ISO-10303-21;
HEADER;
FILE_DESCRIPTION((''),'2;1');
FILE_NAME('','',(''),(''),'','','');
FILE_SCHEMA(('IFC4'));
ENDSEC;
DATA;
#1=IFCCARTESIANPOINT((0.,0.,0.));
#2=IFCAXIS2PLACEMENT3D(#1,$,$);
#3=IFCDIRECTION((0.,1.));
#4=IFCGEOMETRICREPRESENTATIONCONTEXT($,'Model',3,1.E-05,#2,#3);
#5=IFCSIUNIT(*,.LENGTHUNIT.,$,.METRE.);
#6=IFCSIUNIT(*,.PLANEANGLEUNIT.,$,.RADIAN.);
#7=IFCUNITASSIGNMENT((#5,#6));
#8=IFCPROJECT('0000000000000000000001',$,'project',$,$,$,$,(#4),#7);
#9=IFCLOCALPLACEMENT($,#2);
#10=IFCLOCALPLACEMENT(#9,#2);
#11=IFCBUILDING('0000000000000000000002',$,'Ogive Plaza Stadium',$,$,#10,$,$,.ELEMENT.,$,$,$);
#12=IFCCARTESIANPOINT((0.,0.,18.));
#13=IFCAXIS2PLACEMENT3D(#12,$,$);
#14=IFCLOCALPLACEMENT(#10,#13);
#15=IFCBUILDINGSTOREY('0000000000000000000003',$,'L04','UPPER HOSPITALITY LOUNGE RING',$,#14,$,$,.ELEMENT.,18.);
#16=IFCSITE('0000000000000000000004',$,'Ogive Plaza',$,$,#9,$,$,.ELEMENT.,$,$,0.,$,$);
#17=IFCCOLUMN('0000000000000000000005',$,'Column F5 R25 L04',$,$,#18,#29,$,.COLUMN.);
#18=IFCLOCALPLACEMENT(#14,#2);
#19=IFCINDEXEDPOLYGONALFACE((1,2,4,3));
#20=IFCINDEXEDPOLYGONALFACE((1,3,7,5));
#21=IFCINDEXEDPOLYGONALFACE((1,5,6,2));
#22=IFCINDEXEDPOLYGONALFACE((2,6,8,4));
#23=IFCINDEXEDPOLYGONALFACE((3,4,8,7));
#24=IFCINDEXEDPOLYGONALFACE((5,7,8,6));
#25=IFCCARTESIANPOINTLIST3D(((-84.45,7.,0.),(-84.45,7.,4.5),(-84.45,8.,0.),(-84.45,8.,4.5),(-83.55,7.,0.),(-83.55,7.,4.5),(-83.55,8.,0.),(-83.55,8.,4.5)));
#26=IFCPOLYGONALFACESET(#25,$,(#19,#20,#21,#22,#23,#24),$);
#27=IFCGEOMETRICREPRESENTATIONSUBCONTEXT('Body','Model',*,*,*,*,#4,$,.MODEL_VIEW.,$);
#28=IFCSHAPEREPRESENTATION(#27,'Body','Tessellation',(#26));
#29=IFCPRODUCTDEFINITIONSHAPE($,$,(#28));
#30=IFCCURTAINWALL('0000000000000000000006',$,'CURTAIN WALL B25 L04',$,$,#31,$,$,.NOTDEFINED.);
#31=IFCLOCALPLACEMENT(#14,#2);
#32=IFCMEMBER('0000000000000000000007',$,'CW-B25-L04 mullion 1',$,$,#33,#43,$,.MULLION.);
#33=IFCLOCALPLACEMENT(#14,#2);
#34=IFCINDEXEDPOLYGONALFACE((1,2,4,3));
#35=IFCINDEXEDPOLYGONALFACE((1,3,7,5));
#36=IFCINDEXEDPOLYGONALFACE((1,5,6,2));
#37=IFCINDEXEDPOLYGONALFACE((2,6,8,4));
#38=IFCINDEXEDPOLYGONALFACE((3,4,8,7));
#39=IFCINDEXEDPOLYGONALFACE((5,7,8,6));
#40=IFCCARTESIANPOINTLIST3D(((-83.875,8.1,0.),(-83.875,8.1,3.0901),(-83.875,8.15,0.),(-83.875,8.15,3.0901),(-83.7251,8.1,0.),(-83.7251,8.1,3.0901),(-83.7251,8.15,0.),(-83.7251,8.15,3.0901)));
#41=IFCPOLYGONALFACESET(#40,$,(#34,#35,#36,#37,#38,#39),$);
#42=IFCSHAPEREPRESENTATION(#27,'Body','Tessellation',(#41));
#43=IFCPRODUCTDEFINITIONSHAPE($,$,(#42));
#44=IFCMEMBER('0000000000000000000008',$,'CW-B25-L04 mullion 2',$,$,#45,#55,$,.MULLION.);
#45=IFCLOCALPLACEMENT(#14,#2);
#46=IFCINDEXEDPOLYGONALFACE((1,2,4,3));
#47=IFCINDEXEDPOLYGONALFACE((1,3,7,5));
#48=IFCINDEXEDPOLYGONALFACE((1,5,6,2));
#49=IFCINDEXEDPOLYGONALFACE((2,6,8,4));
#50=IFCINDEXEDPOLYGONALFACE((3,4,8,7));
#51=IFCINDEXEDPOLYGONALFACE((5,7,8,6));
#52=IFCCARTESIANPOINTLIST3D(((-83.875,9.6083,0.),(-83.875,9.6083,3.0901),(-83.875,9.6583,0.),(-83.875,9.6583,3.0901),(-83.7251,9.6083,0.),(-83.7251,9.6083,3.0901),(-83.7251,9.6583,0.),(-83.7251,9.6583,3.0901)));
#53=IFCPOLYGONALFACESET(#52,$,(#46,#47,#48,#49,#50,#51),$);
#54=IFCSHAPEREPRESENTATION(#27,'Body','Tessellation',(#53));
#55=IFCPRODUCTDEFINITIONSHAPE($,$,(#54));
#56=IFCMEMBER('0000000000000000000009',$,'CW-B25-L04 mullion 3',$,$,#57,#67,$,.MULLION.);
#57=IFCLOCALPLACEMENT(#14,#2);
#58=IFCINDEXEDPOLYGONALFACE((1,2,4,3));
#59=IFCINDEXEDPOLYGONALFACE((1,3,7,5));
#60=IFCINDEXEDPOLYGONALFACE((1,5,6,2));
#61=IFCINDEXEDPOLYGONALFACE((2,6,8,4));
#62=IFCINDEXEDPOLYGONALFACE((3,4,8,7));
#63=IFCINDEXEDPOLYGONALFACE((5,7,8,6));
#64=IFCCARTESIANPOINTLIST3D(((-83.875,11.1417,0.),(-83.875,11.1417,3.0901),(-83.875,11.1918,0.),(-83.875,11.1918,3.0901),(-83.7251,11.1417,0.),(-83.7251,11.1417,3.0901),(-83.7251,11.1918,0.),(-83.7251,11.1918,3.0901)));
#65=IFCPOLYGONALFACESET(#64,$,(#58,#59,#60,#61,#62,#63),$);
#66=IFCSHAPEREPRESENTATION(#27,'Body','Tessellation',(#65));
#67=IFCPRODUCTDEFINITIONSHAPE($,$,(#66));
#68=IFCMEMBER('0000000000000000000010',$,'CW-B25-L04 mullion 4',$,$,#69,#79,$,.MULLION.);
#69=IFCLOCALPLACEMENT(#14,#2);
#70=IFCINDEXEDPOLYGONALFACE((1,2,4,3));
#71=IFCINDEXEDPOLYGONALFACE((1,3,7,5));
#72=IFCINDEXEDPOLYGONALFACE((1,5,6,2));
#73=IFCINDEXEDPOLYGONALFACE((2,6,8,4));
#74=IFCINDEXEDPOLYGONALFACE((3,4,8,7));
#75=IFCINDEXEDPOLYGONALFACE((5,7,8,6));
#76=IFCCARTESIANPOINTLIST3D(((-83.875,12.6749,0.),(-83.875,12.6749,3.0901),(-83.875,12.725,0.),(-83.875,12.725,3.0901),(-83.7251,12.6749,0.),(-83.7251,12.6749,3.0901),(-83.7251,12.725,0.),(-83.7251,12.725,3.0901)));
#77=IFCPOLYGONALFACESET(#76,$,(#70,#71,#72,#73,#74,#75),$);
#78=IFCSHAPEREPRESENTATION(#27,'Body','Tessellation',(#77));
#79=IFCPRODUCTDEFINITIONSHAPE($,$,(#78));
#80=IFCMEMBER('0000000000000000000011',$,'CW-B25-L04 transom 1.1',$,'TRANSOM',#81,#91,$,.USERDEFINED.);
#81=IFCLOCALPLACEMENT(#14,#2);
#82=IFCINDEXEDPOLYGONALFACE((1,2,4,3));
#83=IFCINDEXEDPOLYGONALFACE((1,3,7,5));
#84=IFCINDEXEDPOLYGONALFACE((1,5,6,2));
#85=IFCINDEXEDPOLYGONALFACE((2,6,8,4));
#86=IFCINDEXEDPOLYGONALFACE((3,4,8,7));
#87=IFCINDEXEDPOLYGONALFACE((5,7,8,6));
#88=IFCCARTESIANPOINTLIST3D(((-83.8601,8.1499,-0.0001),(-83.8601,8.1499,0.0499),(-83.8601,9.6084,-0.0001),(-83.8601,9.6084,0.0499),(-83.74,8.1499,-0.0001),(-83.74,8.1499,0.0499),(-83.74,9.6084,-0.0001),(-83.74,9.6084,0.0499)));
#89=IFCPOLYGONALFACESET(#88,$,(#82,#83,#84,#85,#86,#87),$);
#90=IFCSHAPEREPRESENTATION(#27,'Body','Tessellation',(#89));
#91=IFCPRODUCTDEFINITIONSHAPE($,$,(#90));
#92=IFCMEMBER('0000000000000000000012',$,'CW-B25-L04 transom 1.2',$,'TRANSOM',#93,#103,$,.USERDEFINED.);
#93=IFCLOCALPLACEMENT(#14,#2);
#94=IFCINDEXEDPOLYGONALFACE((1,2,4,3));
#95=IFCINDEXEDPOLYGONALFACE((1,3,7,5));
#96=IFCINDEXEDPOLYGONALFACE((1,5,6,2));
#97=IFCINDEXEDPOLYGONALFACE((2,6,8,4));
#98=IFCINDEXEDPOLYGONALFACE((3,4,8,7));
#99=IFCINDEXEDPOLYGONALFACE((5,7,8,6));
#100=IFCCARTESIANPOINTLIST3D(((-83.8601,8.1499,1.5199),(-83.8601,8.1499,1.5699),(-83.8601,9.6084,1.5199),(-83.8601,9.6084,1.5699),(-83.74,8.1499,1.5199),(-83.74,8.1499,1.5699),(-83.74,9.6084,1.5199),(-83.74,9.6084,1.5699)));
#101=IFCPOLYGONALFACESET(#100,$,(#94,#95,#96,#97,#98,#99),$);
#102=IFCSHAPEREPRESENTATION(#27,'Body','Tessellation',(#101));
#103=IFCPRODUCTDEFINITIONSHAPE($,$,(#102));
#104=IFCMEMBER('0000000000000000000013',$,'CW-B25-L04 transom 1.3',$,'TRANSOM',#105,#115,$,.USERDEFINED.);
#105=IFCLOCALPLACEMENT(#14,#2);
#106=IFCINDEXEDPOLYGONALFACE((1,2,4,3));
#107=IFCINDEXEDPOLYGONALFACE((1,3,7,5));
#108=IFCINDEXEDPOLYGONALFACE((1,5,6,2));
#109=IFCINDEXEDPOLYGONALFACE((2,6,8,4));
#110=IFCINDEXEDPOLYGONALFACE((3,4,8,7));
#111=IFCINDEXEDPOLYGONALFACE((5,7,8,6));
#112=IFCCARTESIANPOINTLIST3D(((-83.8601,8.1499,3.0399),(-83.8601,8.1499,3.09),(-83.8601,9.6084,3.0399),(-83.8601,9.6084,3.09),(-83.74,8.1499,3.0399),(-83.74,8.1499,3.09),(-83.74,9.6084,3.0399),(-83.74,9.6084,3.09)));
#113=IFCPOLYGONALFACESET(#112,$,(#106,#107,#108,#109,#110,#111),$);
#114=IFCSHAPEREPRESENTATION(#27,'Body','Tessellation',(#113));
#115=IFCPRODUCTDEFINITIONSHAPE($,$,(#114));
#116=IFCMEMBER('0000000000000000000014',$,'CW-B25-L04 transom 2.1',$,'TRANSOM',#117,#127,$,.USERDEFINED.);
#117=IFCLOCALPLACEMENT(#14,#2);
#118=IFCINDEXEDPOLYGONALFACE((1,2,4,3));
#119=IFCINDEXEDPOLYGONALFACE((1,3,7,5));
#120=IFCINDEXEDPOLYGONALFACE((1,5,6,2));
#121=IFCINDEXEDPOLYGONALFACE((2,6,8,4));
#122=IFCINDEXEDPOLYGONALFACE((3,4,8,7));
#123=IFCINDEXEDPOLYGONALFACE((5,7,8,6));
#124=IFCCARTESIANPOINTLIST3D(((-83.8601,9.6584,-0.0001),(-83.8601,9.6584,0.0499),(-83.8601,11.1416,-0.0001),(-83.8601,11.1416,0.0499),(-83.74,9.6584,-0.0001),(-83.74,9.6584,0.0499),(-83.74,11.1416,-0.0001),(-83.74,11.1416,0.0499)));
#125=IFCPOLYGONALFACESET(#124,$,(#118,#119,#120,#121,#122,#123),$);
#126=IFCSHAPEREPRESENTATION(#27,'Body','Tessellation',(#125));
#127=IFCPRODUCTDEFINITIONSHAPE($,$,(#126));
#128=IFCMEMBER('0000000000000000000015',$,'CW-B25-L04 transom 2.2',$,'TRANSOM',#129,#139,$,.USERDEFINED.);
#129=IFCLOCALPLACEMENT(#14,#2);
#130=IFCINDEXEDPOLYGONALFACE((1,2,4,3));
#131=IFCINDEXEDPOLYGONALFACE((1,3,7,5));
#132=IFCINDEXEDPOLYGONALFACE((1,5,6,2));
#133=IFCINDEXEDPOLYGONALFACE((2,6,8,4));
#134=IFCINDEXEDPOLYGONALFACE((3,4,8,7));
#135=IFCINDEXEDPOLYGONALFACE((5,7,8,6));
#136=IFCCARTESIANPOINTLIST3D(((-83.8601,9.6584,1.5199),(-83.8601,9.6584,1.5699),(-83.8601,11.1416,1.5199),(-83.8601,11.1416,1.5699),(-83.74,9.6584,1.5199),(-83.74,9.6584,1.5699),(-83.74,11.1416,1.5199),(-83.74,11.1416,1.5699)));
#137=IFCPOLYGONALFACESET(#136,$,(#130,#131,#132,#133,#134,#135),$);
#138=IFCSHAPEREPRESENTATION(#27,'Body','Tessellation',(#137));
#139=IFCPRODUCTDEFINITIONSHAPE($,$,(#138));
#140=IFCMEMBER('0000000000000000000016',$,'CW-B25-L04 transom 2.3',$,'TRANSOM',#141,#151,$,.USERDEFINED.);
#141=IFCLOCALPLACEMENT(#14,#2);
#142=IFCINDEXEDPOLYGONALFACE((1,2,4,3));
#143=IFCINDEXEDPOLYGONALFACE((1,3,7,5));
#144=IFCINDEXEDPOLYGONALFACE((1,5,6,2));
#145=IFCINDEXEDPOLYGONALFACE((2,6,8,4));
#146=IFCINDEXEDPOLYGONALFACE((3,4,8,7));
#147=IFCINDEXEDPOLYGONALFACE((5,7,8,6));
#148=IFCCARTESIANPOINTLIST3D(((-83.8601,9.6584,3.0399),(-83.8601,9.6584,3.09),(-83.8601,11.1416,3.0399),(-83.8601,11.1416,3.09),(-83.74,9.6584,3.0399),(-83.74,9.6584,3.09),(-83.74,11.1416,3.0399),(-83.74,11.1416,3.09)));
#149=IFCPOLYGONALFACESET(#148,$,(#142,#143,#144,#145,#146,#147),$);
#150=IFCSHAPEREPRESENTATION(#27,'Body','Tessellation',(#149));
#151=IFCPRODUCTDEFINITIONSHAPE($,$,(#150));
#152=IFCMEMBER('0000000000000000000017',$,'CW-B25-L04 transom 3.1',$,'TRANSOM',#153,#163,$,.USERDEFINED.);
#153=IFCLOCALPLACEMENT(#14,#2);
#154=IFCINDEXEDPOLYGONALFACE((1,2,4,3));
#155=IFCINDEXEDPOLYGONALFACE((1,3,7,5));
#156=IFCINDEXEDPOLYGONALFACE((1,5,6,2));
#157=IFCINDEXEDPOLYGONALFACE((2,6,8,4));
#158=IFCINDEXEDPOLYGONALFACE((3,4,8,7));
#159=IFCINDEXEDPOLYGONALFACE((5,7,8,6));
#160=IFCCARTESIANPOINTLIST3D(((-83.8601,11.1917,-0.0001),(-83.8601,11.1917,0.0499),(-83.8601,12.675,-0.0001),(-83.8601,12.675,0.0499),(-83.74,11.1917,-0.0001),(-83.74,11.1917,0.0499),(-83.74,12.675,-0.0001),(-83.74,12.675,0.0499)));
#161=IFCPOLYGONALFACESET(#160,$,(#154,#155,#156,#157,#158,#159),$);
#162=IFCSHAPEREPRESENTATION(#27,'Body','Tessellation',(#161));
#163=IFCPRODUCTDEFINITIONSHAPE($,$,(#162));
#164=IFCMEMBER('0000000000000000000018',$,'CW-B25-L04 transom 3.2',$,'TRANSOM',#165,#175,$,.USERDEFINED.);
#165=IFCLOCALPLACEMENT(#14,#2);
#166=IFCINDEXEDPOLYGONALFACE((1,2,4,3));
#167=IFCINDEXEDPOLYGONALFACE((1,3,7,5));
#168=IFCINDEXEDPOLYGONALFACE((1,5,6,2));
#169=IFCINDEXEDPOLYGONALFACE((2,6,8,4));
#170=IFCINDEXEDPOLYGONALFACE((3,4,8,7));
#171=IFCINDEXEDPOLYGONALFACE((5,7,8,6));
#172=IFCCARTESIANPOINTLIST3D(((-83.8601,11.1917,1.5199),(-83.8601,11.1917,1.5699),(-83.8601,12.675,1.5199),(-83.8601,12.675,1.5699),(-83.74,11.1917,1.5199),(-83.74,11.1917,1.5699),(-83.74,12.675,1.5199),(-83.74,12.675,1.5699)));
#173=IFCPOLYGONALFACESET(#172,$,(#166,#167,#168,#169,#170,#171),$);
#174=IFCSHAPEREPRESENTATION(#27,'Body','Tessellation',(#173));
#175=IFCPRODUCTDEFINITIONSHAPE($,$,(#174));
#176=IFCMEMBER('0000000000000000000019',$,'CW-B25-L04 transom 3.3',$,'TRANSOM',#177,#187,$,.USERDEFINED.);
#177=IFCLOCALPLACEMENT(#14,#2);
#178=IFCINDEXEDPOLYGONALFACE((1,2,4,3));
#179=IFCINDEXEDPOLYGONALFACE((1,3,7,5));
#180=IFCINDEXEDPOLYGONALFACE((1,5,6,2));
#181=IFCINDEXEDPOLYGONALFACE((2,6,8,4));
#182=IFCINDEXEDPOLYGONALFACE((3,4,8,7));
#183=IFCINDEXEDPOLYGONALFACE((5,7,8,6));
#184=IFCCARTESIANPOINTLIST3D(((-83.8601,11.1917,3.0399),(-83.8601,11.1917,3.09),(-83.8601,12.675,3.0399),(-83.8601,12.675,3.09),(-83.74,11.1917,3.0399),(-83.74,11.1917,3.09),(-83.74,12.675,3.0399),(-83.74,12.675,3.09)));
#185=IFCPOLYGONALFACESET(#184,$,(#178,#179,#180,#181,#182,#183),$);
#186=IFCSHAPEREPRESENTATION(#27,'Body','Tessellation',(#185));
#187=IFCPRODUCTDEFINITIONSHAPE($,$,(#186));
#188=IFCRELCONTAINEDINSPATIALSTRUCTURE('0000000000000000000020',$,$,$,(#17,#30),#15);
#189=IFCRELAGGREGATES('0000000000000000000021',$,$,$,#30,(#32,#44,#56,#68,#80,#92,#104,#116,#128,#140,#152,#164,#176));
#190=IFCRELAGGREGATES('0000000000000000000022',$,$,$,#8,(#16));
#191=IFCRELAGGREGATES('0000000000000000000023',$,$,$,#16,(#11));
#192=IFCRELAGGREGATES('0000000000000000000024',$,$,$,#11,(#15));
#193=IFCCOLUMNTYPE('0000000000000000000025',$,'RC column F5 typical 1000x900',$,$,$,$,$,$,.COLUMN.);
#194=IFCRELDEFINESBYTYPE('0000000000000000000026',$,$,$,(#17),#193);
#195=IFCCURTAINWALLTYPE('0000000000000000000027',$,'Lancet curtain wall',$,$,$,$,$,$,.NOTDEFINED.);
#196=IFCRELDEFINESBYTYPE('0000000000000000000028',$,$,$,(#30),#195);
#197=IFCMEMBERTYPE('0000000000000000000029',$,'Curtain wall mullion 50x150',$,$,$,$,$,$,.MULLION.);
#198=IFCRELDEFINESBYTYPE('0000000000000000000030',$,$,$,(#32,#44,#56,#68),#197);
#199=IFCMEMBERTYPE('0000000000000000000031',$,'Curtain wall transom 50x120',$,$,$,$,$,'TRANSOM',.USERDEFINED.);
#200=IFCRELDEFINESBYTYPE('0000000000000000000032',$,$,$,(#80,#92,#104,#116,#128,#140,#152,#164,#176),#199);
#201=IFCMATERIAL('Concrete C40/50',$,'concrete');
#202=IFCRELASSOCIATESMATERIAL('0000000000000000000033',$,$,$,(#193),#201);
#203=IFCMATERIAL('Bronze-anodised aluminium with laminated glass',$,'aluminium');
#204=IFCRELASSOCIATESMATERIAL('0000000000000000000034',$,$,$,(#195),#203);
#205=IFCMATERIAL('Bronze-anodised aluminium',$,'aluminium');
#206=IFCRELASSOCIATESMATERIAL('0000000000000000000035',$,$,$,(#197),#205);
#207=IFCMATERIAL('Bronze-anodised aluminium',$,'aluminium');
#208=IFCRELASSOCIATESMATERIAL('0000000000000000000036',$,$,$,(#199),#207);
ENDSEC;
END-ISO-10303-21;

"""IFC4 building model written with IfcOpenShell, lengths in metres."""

from ifc_helpers import new_model, si_unit, direction, frame, origin, origin_2d, place, context, subcontext, project, spatial, rectangle, extrude, material, material_profile, profile_set, type_object, element, aggregate, save


model = new_model("IFC4")

# Units and contexts
model_context = context("Model", 3, precision=1e-05, world=origin(), true_north=direction((0.0, 1.0)))
body_context = subcontext(model_context, "Body", "Model", "MODEL_VIEW")
ifc_project = project(units=[si_unit("LENGTHUNIT", "METRE"), si_unit("PLANEANGLEUNIT", "RADIAN")], contexts=[model_context])

# Site, building, storey
site_placement = place(None, origin())
site = spatial("IfcSite", under=ifc_project, at=site_placement, Name="Ogive Plaza", CompositionType="ELEMENT", RefElevation=0.0)
building_placement = place(site_placement, origin())
building = spatial("IfcBuilding", under=site, at=building_placement, Name="Ogive Plaza Stadium", CompositionType="ELEMENT")
storey_placement = place(building_placement, frame((0.0, 0.0, 18.0)))
storey = spatial("IfcBuildingStorey", under=building, at=storey_placement, Name="L04", Description="UPPER HOSPITALITY LOUNGE RING", CompositionType="ELEMENT", Elevation=18.0)

# Column
ifc_material_1 = material(Name="Concrete C40/50", Category="concrete")
ifc_material_profile_1 = material_profile(ifc_material_1, rectangle(XDim=1.0, YDim=0.8999, at=origin_2d()), Name="RC 1000x900")
ifc_profile_set_1 = profile_set([ifc_material_profile_1], Name="Concrete C40/50")
column_type = type_object("IfcColumnType", Name="RC column F5 typical 1000x900", PredefinedType="COLUMN", material=ifc_profile_set_1)
column_placement = place(storey_placement, frame((-84.0, 7.5, 0.0), z_axis=(0.0, 0.0, 1.0), x_axis=(0.0, -1.0, 0.0)))
element("IfcColumn", 1, at=column_placement, inside=storey, type_object=column_type, Name="Column F5 R25 L04", PredefinedType="COLUMN", context=body_context, shape_type="SweptSolid", body=[
    extrude(rectangle(XDim=1.0, YDim=0.8999, at=origin_2d()), origin(), (0.0, 0.0, 1.0), 4.5),
])

# Curtain wall, members
ifc_material_2 = material(Name="Bronze-anodised aluminium with laminated glass", Category="aluminium")
curtain_wall_type = type_object("IfcCurtainWallType", Name="Lancet curtain wall", PredefinedType="NOTDEFINED", material=ifc_material_2)
curtain_wall_placement = place(storey_placement, origin())
curtain_wall = element("IfcCurtainWall", 2, at=curtain_wall_placement, inside=storey, type_object=curtain_wall_type, Name="CURTAIN WALL B25 L04", PredefinedType="NOTDEFINED")
ifc_material_3 = material(Name="Bronze-anodised aluminium", Category="aluminium")
ifc_material_profile_2 = material_profile(ifc_material_3, rectangle(XDim=0.1499, YDim=0.05, at=origin_2d()), Name="AL 150x50")
ifc_profile_set_2 = profile_set([ifc_material_profile_2], Name="Bronze-anodised aluminium")
member_type_1 = type_object("IfcMemberType", Name="Curtain wall mullion 50x150", PredefinedType="MULLION", material=ifc_profile_set_2)
member_1_placement = place(storey_placement, frame((-83.8, 8.125, 0.0), z_axis=(0.0, 0.0, 1.0), x_axis=(-1.0, 0.0, 0.0)))
member_1 = element("IfcMember", 3, at=member_1_placement, type_object=member_type_1, Name="CW-B25-L04 mullion 1", PredefinedType="MULLION", context=body_context, shape_type="SweptSolid", body=[
    extrude(rectangle(XDim=0.1499, YDim=0.05, at=origin_2d()), origin(), (0.0, 0.0, 1.0), 3.0901),
])
member_2_placement = place(storey_placement, frame((-83.8, 9.6333, 0.0), z_axis=(0.0, 0.0, 1.0), x_axis=(-1.0, 0.0, 0.0)))
member_2 = element("IfcMember", 4, at=member_2_placement, type_object=member_type_1, Name="CW-B25-L04 mullion 2", PredefinedType="MULLION", context=body_context, shape_type="SweptSolid", body=[
    extrude(rectangle(XDim=0.1499, YDim=0.05, at=origin_2d()), origin(), (0.0, 0.0, 1.0), 3.0901),
])
member_3_placement = place(storey_placement, frame((-83.8, 11.1667, 0.0), z_axis=(0.0, 0.0, 1.0), x_axis=(-1.0, 0.0, 0.0)))
member_3 = element("IfcMember", 5, at=member_3_placement, type_object=member_type_1, Name="CW-B25-L04 mullion 3", PredefinedType="MULLION", context=body_context, shape_type="SweptSolid", body=[
    extrude(rectangle(XDim=0.1499, YDim=0.05, at=origin_2d()), origin(), (0.0, 0.0, 1.0), 3.0901),
])
member_4_placement = place(storey_placement, frame((-83.8, 12.7, 0.0), z_axis=(0.0, 0.0, 1.0), x_axis=(-1.0, 0.0, 0.0)))
member_4 = element("IfcMember", 6, at=member_4_placement, type_object=member_type_1, Name="CW-B25-L04 mullion 4", PredefinedType="MULLION", context=body_context, shape_type="SweptSolid", body=[
    extrude(rectangle(XDim=0.1499, YDim=0.05, at=origin_2d()), origin(), (0.0, 0.0, 1.0), 3.0901),
])
ifc_material_4 = material(Name="Bronze-anodised aluminium", Category="aluminium")
ifc_material_profile_3 = material_profile(ifc_material_4, rectangle(XDim=0.1201, YDim=0.05, at=origin_2d()), Name="AL 120x50")
ifc_profile_set_3 = profile_set([ifc_material_profile_3], Name="Bronze-anodised aluminium")
member_type_2 = type_object("IfcMemberType", Name="Curtain wall transom 50x120", ElementType="TRANSOM", PredefinedType="USERDEFINED", material=ifc_profile_set_3)
member_5_placement = place(storey_placement, frame((-83.8, 8.1499, 0.0249), z_axis=(0.0, 1.0, 0.0), x_axis=(-1.0, 0.0, 0.0)))
member_5 = element("IfcMember", 7, at=member_5_placement, type_object=member_type_2, Name="CW-B25-L04 transom 1.1", ObjectType="TRANSOM", PredefinedType="USERDEFINED", context=body_context, shape_type="SweptSolid", body=[
    extrude(rectangle(XDim=0.1201, YDim=0.05, at=origin_2d()), origin(), (0.0, 0.0, 1.0), 1.4585),
])
member_6_placement = place(storey_placement, frame((-83.8, 8.1499, 1.5449), z_axis=(0.0, 1.0, 0.0), x_axis=(-1.0, 0.0, 0.0)))
member_6 = element("IfcMember", 8, at=member_6_placement, type_object=member_type_2, Name="CW-B25-L04 transom 1.2", ObjectType="TRANSOM", PredefinedType="USERDEFINED", context=body_context, shape_type="SweptSolid", body=[
    extrude(rectangle(XDim=0.1201, YDim=0.05, at=origin_2d()), origin(), (0.0, 0.0, 1.0), 1.4585),
])
member_7_placement = place(storey_placement, frame((-83.8, 8.1499, 3.0649), z_axis=(0.0, 1.0, 0.0), x_axis=(-1.0, 0.0, 0.0)))
member_7 = element("IfcMember", 9, at=member_7_placement, type_object=member_type_2, Name="CW-B25-L04 transom 1.3", ObjectType="TRANSOM", PredefinedType="USERDEFINED", context=body_context, shape_type="SweptSolid", body=[
    extrude(rectangle(XDim=0.1201, YDim=0.05, at=origin_2d()), origin(), (0.0, 0.0, 1.0), 1.4585),
])
member_8_placement = place(storey_placement, frame((-83.8, 9.6584, 0.0249), z_axis=(0.0, 1.0, 0.0), x_axis=(-1.0, 0.0, 0.0)))
member_8 = element("IfcMember", 10, at=member_8_placement, type_object=member_type_2, Name="CW-B25-L04 transom 2.1", ObjectType="TRANSOM", PredefinedType="USERDEFINED", context=body_context, shape_type="SweptSolid", body=[
    extrude(rectangle(XDim=0.1201, YDim=0.05, at=origin_2d()), origin(), (0.0, 0.0, 1.0), 1.4832),
])
member_9_placement = place(storey_placement, frame((-83.8, 9.6584, 1.5449), z_axis=(0.0, 1.0, 0.0), x_axis=(-1.0, 0.0, 0.0)))
member_9 = element("IfcMember", 11, at=member_9_placement, type_object=member_type_2, Name="CW-B25-L04 transom 2.2", ObjectType="TRANSOM", PredefinedType="USERDEFINED", context=body_context, shape_type="SweptSolid", body=[
    extrude(rectangle(XDim=0.1201, YDim=0.05, at=origin_2d()), origin(), (0.0, 0.0, 1.0), 1.4832),
])
member_10_placement = place(storey_placement, frame((-83.8, 9.6584, 3.0649), z_axis=(0.0, 1.0, 0.0), x_axis=(-1.0, 0.0, 0.0)))
member_10 = element("IfcMember", 12, at=member_10_placement, type_object=member_type_2, Name="CW-B25-L04 transom 2.3", ObjectType="TRANSOM", PredefinedType="USERDEFINED", context=body_context, shape_type="SweptSolid", body=[
    extrude(rectangle(XDim=0.1201, YDim=0.05, at=origin_2d()), origin(), (0.0, 0.0, 1.0), 1.4832),
])
member_11_placement = place(storey_placement, frame((-83.8, 11.1917, 0.0249), z_axis=(0.0, 1.0, 0.0), x_axis=(-1.0, 0.0, 0.0)))
member_11 = element("IfcMember", 13, at=member_11_placement, type_object=member_type_2, Name="CW-B25-L04 transom 3.1", ObjectType="TRANSOM", PredefinedType="USERDEFINED", context=body_context, shape_type="SweptSolid", body=[
    extrude(rectangle(XDim=0.1201, YDim=0.05, at=origin_2d()), origin(), (0.0, 0.0, 1.0), 1.4834),
])
member_12_placement = place(storey_placement, frame((-83.8, 11.1917, 1.5449), z_axis=(0.0, 1.0, 0.0), x_axis=(-1.0, 0.0, 0.0)))
member_12 = element("IfcMember", 14, at=member_12_placement, type_object=member_type_2, Name="CW-B25-L04 transom 3.2", ObjectType="TRANSOM", PredefinedType="USERDEFINED", context=body_context, shape_type="SweptSolid", body=[
    extrude(rectangle(XDim=0.1201, YDim=0.05, at=origin_2d()), origin(), (0.0, 0.0, 1.0), 1.4834),
])
member_13_placement = place(storey_placement, frame((-83.8, 11.1917, 3.0649), z_axis=(0.0, 1.0, 0.0), x_axis=(-1.0, 0.0, 0.0)))
member_13 = element("IfcMember", 15, at=member_13_placement, type_object=member_type_2, Name="CW-B25-L04 transom 3.3", ObjectType="TRANSOM", PredefinedType="USERDEFINED", context=body_context, shape_type="SweptSolid", body=[
    extrude(rectangle(XDim=0.1201, YDim=0.05, at=origin_2d()), origin(), (0.0, 0.0, 1.0), 1.4834),
])

aggregate(curtain_wall, [member_1, member_2, member_3, member_4, member_5, member_6, member_7, member_8, member_9, member_10, member_11, member_12, member_13])

save(model, "model.ifc")
